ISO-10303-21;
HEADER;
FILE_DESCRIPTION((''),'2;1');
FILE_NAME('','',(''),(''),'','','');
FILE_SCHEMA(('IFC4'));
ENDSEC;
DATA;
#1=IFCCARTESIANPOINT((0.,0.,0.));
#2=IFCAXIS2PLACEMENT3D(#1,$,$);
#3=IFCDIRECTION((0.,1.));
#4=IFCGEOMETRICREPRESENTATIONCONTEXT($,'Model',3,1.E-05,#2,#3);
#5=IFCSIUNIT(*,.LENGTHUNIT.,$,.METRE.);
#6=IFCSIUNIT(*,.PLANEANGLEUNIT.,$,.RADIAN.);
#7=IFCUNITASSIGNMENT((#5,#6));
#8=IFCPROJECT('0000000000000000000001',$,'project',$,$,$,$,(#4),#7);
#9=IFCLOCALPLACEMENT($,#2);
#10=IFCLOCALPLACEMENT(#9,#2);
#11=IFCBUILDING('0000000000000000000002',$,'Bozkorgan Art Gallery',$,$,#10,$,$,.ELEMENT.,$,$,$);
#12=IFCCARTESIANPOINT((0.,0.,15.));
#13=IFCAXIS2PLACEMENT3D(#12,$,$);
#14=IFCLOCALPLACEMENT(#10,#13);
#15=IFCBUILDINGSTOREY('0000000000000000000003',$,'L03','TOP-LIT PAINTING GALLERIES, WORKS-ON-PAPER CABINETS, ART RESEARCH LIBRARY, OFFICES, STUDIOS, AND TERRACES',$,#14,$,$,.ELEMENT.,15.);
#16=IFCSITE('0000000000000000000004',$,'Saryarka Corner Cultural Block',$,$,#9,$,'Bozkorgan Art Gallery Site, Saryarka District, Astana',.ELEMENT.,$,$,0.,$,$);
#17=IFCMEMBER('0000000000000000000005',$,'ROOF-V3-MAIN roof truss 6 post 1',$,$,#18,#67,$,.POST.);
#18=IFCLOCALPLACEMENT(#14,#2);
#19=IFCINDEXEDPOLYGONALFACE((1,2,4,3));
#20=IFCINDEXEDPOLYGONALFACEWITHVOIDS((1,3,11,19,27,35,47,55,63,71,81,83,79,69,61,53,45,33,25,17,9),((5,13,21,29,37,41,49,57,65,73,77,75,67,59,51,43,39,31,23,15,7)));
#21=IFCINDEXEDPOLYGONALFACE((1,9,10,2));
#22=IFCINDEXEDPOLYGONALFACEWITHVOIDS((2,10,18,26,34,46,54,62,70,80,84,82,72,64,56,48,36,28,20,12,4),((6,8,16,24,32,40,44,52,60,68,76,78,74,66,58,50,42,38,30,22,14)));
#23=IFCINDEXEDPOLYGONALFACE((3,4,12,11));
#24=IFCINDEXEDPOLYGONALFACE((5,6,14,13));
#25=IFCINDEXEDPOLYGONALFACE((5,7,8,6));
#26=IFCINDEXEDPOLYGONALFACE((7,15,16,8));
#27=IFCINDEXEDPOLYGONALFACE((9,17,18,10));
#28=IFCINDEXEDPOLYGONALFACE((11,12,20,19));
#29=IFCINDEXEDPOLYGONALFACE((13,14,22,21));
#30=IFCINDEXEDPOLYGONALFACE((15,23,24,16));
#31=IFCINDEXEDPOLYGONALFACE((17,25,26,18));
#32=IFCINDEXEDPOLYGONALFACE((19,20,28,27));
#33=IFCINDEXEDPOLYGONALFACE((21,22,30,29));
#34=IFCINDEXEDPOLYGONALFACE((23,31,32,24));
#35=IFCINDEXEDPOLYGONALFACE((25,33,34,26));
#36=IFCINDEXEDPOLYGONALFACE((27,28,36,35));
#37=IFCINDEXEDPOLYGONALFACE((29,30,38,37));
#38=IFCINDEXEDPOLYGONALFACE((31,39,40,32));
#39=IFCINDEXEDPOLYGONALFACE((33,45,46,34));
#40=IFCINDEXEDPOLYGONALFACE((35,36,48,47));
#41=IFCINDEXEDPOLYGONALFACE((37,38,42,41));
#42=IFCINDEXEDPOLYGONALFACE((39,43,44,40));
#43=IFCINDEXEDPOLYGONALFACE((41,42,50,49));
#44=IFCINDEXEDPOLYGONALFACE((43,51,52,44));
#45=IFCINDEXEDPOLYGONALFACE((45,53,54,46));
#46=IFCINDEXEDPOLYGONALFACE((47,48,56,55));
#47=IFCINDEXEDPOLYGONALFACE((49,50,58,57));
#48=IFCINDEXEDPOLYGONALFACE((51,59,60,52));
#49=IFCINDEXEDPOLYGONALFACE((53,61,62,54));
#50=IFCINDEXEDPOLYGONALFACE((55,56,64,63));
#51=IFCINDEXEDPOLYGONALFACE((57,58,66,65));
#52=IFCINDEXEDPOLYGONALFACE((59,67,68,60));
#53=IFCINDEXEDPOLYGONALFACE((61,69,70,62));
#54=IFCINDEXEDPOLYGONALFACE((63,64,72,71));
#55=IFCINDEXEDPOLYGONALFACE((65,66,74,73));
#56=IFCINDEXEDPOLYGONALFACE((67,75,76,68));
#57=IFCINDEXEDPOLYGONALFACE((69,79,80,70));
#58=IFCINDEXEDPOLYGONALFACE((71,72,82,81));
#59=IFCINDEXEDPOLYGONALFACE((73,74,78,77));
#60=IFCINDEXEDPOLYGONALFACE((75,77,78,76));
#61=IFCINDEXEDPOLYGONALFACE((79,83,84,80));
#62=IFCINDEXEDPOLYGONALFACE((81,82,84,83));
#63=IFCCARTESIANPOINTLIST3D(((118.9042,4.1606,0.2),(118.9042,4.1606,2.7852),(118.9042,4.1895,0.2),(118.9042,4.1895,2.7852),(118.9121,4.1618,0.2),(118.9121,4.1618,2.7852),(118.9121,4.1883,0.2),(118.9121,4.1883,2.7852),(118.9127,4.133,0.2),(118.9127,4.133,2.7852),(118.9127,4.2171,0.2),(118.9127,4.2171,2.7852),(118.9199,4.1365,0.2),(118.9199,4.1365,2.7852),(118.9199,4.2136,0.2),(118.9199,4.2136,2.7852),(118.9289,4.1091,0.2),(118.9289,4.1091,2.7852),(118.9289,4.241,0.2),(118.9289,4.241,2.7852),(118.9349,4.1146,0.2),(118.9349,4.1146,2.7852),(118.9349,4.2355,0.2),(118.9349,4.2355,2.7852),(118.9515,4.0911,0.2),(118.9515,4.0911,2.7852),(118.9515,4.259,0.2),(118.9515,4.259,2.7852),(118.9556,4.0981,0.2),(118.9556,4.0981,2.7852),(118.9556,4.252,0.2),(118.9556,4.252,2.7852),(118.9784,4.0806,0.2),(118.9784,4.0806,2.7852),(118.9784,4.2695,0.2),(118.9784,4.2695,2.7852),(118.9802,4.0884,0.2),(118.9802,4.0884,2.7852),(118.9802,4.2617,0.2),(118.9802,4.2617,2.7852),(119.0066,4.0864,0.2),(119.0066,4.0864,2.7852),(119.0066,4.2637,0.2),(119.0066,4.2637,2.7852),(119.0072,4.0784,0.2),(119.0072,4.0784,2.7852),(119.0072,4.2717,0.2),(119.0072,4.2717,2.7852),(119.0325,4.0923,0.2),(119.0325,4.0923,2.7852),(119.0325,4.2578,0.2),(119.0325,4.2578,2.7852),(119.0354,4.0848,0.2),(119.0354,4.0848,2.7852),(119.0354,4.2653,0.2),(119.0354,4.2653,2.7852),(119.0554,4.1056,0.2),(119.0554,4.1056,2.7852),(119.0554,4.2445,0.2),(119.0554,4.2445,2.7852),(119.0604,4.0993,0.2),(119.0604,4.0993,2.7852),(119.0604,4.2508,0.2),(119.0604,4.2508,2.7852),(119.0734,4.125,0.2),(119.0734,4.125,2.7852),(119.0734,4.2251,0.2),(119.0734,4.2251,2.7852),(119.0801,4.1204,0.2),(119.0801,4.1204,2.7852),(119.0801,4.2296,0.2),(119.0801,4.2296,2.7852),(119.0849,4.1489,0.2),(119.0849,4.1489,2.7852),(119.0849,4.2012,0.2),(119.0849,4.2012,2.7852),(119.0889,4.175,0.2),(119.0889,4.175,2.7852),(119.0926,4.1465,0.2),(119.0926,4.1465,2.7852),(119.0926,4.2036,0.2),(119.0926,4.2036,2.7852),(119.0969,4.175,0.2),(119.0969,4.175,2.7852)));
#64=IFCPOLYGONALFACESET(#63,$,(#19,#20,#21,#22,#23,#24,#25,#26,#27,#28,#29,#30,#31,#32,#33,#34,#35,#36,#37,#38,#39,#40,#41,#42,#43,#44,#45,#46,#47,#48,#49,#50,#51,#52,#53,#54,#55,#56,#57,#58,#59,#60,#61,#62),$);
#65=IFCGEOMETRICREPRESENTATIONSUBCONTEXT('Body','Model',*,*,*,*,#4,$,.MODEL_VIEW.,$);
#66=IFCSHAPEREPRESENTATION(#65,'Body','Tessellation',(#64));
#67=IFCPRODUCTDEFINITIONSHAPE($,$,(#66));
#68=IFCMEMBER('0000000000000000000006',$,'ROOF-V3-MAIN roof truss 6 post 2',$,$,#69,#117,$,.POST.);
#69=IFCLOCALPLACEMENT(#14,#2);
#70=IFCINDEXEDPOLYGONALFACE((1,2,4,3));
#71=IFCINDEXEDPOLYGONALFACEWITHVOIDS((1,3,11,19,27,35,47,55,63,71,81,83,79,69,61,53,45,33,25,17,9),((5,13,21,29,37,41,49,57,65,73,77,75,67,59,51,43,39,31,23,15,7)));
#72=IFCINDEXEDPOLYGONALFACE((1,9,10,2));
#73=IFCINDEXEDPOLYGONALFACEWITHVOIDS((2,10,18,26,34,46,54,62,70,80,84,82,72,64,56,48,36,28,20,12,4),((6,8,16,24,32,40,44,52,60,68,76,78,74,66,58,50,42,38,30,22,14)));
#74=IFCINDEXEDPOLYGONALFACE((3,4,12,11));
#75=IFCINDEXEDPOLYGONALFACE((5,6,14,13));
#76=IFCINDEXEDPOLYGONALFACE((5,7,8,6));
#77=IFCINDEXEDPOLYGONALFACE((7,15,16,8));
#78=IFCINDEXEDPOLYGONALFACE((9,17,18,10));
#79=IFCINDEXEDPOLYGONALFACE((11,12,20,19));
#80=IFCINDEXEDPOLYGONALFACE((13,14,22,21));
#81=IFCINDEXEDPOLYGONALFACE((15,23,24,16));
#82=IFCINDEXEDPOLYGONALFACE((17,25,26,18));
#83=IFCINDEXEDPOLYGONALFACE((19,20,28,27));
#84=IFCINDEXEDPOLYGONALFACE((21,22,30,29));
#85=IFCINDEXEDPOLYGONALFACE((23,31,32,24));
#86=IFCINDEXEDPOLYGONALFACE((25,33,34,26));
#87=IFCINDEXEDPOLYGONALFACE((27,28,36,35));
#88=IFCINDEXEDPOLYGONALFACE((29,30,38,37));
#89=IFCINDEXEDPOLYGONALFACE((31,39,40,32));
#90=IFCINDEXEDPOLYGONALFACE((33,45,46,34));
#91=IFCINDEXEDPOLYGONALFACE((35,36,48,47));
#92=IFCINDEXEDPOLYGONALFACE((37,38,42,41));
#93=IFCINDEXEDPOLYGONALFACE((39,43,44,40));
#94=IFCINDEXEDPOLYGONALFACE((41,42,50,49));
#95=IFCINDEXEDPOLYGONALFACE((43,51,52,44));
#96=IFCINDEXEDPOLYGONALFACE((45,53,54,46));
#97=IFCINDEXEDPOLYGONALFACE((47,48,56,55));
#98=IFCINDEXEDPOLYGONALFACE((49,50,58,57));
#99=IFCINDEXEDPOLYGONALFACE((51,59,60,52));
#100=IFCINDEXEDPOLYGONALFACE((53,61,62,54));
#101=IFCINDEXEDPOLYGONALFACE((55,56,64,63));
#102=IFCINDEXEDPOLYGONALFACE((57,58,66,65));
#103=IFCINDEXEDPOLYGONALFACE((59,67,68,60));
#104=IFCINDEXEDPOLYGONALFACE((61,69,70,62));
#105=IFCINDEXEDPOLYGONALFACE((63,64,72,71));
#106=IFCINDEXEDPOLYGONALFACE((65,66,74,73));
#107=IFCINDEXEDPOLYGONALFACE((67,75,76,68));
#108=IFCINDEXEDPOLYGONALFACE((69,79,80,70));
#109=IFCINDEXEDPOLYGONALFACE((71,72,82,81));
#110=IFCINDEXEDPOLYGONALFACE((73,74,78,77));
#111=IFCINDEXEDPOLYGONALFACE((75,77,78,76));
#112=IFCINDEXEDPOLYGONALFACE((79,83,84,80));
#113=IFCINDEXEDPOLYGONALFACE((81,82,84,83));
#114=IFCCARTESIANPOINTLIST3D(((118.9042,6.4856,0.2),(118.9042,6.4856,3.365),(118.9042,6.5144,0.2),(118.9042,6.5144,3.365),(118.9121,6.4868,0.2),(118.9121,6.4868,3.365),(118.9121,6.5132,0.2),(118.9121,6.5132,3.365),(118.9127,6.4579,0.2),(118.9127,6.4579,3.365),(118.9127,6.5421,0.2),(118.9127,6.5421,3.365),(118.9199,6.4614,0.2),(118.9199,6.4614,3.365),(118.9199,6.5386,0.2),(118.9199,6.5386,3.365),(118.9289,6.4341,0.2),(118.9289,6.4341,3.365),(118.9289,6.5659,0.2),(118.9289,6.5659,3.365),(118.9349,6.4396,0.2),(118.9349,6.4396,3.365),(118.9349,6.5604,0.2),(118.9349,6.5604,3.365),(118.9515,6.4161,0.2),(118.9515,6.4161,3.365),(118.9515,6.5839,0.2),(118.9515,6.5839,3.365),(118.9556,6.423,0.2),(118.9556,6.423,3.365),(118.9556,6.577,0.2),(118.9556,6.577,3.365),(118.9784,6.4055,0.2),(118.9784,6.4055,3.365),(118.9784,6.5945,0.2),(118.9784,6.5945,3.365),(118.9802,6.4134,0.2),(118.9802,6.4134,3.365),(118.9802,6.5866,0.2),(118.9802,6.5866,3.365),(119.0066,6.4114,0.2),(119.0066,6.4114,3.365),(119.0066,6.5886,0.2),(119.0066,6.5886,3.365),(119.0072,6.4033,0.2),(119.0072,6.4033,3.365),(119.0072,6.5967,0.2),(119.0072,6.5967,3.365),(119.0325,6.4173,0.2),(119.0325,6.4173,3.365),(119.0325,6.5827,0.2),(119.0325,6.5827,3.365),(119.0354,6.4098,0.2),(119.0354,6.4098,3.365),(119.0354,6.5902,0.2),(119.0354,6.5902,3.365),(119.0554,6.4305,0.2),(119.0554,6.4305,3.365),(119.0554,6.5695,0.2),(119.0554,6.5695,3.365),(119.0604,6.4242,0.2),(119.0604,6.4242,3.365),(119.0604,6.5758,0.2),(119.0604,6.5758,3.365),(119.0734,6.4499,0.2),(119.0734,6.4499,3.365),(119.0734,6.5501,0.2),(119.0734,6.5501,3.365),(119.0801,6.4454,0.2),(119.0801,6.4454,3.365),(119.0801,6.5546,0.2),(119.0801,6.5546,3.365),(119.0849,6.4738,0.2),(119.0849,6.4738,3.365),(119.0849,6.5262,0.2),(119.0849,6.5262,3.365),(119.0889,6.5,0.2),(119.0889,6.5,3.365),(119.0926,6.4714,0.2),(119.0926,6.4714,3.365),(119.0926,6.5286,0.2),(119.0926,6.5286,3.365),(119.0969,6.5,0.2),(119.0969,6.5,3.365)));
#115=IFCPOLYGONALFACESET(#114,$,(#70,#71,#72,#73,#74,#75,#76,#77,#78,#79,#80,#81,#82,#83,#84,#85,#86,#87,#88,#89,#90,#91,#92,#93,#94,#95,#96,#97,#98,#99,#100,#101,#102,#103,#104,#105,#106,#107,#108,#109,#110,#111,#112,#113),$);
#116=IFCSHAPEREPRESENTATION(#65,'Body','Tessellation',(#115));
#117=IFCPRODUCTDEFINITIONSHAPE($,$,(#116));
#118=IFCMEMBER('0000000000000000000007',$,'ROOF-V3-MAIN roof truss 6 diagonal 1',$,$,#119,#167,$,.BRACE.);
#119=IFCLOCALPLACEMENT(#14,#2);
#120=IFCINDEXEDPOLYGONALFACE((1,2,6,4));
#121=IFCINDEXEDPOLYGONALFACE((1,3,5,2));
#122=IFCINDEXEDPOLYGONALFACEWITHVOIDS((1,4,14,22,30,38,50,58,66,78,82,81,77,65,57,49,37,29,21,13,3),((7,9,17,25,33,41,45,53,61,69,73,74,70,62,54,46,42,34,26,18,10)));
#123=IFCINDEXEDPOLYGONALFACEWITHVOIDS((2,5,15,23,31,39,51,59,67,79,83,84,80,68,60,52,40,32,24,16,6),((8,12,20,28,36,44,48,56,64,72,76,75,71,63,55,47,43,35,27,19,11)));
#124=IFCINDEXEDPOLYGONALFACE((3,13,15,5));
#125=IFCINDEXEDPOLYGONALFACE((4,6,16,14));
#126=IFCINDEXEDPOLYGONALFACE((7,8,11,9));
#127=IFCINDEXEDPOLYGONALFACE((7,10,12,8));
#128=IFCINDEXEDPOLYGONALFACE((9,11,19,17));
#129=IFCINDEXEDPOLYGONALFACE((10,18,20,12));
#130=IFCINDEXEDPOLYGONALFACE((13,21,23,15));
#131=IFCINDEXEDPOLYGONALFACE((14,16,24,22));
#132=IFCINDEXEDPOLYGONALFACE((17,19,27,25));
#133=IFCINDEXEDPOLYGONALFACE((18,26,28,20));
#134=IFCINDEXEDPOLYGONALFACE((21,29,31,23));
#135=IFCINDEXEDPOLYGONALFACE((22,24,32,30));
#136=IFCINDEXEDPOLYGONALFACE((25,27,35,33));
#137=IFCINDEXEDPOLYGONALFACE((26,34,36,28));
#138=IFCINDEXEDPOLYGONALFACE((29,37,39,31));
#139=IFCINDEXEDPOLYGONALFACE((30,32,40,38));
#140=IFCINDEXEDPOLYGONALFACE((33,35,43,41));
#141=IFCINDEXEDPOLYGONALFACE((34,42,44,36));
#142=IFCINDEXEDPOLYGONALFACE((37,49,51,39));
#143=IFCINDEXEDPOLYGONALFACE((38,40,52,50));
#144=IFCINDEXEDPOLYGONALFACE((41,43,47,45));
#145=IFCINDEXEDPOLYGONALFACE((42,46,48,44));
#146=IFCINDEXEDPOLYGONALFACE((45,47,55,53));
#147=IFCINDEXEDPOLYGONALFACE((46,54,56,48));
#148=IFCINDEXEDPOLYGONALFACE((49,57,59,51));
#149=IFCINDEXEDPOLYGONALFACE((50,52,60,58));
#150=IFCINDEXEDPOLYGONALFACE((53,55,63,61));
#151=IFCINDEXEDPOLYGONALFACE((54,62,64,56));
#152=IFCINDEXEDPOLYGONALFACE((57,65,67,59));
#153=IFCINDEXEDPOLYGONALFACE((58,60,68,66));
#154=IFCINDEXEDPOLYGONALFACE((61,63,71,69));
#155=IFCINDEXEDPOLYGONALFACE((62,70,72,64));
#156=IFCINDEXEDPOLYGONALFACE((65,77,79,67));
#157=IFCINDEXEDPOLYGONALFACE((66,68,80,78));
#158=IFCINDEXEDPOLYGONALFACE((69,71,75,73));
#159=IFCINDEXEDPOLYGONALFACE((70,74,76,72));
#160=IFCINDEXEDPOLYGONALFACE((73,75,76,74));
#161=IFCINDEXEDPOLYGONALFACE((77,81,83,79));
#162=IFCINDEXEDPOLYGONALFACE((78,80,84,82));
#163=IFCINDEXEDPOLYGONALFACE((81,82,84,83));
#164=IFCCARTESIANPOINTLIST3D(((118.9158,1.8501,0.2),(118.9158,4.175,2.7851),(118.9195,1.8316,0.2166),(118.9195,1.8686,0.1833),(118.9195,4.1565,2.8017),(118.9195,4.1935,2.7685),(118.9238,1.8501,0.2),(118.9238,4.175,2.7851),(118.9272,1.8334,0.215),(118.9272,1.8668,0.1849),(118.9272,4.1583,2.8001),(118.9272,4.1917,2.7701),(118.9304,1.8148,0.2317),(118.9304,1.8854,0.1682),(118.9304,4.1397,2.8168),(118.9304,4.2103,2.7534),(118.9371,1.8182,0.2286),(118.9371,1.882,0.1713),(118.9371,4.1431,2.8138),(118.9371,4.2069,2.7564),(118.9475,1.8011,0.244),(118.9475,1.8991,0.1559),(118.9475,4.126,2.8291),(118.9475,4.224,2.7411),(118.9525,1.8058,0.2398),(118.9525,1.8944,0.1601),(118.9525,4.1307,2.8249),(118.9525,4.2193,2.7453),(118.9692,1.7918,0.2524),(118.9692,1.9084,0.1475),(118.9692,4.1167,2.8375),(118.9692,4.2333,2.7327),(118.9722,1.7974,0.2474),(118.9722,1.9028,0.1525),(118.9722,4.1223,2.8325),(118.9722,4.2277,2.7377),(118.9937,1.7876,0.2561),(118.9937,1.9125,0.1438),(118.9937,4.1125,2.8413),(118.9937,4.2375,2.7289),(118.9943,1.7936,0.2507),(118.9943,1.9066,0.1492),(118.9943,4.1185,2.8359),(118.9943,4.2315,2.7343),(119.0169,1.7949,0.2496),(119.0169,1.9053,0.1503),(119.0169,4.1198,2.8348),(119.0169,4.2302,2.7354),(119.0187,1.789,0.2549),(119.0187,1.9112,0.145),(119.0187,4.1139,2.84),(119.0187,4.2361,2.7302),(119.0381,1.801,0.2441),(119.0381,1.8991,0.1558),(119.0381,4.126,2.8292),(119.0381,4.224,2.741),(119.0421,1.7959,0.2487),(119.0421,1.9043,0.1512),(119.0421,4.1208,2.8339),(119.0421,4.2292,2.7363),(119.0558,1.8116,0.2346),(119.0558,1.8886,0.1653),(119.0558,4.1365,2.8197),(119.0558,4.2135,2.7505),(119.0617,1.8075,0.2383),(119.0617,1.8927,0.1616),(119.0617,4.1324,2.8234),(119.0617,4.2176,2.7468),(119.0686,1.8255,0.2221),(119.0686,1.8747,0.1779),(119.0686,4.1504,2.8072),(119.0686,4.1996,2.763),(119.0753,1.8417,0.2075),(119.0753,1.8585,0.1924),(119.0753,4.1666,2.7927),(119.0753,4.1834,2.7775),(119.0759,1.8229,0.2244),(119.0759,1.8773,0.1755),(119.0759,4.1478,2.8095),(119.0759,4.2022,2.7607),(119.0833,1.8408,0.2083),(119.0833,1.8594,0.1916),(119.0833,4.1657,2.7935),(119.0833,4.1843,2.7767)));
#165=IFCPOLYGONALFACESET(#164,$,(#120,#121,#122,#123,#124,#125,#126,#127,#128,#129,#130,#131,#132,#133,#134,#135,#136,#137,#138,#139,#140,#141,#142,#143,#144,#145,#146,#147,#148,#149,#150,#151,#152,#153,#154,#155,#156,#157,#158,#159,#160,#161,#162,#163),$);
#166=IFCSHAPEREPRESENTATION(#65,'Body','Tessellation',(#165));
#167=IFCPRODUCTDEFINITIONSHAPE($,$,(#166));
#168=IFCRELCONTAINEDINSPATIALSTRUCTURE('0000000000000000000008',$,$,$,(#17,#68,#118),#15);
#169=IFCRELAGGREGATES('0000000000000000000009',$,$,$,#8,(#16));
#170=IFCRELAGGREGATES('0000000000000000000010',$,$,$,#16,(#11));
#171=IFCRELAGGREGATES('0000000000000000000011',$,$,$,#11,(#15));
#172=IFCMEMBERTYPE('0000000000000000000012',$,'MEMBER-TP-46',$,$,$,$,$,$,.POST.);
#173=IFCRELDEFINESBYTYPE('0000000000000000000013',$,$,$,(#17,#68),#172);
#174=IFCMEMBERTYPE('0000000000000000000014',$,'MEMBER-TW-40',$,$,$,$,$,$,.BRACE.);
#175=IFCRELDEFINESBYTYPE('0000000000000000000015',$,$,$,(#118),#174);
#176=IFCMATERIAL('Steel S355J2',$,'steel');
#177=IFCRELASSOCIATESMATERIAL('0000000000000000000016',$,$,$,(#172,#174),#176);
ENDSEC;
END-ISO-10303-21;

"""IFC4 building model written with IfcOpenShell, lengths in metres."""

from ifc_helpers import new_model, si_unit, direction, frame, origin, origin_2d, place, context, subcontext, project, spatial, hollow_circle, extrude, material, material_profile, profile_set, type_object, element, save


model = new_model("IFC4")

# Units and contexts
model_context = context("Model", 3, precision=1e-05, world=origin(), true_north=direction((0.0, 1.0)))
body_context = subcontext(model_context, "Body", "Model", "MODEL_VIEW")
ifc_project = project(units=[si_unit("LENGTHUNIT", "METRE"), si_unit("PLANEANGLEUNIT", "RADIAN")], contexts=[model_context])

# Site, building, storey
site_placement = place(None, origin())
site = spatial("IfcSite", under=ifc_project, at=site_placement, Name="Saryarka Corner Cultural Block", LongName="Bozkorgan Art Gallery Site, Saryarka District, Astana", CompositionType="ELEMENT", RefElevation=0.0)
building_placement = place(site_placement, origin())
building = spatial("IfcBuilding", under=site, at=building_placement, Name="Bozkorgan Art Gallery", CompositionType="ELEMENT")
storey_placement = place(building_placement, frame((0.0, 0.0, 15.0)))
storey = spatial("IfcBuildingStorey", under=building, at=storey_placement, Name="L03", Description="TOP-LIT PAINTING GALLERIES, WORKS-ON-PAPER CABINETS, ART RESEARCH LIBRARY, OFFICES, STUDIOS, AND TERRACES", CompositionType="ELEMENT", Elevation=15.0)

# Shared definitions
ifc_material = material(Name="Steel S355J2", Category="steel")

# Members
ifc_material_profile_1 = material_profile(ifc_material, hollow_circle(Radius=0.0969, WallThickness=0.0081, at=origin_2d()), Name="CHS 193.7x8")
ifc_profile_set_1 = profile_set([ifc_material_profile_1], Name="Steel S355J2")
member_type_1 = type_object("IfcMemberType", Name="MEMBER-TP-46", PredefinedType="POST", material=ifc_profile_set_1)
member_1_placement = place(storey_placement, frame((119.0, 4.175, 0.2), z_axis=(0.0, 0.0, 1.0), x_axis=(1.0, 0.0, 0.0)))
element("IfcMember", 1, at=member_1_placement, inside=storey, type_object=member_type_1, Name="ROOF-V3-MAIN roof truss 6 post 1", PredefinedType="POST", context=body_context, shape_type="SweptSolid", body=[
    extrude(hollow_circle(Radius=0.0969, WallThickness=0.0081, at=origin_2d()), origin(), (0.0, 0.0, 1.0), 2.5852),
])
member_2_placement = place(storey_placement, frame((119.0, 6.5, 0.2), z_axis=(0.0, 0.0, 1.0), x_axis=(1.0, 0.0, 0.0)))
element("IfcMember", 2, at=member_2_placement, inside=storey, type_object=member_type_1, Name="ROOF-V3-MAIN roof truss 6 post 2", PredefinedType="POST", context=body_context, shape_type="SweptSolid", body=[
    extrude(hollow_circle(Radius=0.0969, WallThickness=0.0081, at=origin_2d()), origin(), (0.0, 0.0, 1.0), 3.165),
])
ifc_material_profile_2 = material_profile(ifc_material, hollow_circle(Radius=0.0842, WallThickness=0.0081, at=origin_2d()), Name="CHS 168.3x8")
ifc_profile_set_2 = profile_set([ifc_material_profile_2], Name="Steel S355J2")
member_type_2 = type_object("IfcMemberType", Name="MEMBER-TW-40", PredefinedType="BRACE", material=ifc_profile_set_2)
for number, where, z_axis, x_axis, name in (
    (3, (119.0, 1.8501, 0.2), (0.0, 0.668689, 0.743542), (-1.0, 0.0, 0.0), "ROOF-V3-MAIN roof truss 6 diagonal 1"),
):
    element("IfcMember", number, at=place(storey_placement, frame(where, z_axis=z_axis, x_axis=x_axis)), inside=storey, type_object=member_type_2, Name=name, PredefinedType="BRACE", context=body_context, shape_type="SweptSolid", body=[
        extrude(hollow_circle(Radius=0.0842, WallThickness=0.0081, at=origin_2d()), origin(), (0.0, 0.0, 1.0), 3.4768),
    ])

save(model, "model.ifc")
